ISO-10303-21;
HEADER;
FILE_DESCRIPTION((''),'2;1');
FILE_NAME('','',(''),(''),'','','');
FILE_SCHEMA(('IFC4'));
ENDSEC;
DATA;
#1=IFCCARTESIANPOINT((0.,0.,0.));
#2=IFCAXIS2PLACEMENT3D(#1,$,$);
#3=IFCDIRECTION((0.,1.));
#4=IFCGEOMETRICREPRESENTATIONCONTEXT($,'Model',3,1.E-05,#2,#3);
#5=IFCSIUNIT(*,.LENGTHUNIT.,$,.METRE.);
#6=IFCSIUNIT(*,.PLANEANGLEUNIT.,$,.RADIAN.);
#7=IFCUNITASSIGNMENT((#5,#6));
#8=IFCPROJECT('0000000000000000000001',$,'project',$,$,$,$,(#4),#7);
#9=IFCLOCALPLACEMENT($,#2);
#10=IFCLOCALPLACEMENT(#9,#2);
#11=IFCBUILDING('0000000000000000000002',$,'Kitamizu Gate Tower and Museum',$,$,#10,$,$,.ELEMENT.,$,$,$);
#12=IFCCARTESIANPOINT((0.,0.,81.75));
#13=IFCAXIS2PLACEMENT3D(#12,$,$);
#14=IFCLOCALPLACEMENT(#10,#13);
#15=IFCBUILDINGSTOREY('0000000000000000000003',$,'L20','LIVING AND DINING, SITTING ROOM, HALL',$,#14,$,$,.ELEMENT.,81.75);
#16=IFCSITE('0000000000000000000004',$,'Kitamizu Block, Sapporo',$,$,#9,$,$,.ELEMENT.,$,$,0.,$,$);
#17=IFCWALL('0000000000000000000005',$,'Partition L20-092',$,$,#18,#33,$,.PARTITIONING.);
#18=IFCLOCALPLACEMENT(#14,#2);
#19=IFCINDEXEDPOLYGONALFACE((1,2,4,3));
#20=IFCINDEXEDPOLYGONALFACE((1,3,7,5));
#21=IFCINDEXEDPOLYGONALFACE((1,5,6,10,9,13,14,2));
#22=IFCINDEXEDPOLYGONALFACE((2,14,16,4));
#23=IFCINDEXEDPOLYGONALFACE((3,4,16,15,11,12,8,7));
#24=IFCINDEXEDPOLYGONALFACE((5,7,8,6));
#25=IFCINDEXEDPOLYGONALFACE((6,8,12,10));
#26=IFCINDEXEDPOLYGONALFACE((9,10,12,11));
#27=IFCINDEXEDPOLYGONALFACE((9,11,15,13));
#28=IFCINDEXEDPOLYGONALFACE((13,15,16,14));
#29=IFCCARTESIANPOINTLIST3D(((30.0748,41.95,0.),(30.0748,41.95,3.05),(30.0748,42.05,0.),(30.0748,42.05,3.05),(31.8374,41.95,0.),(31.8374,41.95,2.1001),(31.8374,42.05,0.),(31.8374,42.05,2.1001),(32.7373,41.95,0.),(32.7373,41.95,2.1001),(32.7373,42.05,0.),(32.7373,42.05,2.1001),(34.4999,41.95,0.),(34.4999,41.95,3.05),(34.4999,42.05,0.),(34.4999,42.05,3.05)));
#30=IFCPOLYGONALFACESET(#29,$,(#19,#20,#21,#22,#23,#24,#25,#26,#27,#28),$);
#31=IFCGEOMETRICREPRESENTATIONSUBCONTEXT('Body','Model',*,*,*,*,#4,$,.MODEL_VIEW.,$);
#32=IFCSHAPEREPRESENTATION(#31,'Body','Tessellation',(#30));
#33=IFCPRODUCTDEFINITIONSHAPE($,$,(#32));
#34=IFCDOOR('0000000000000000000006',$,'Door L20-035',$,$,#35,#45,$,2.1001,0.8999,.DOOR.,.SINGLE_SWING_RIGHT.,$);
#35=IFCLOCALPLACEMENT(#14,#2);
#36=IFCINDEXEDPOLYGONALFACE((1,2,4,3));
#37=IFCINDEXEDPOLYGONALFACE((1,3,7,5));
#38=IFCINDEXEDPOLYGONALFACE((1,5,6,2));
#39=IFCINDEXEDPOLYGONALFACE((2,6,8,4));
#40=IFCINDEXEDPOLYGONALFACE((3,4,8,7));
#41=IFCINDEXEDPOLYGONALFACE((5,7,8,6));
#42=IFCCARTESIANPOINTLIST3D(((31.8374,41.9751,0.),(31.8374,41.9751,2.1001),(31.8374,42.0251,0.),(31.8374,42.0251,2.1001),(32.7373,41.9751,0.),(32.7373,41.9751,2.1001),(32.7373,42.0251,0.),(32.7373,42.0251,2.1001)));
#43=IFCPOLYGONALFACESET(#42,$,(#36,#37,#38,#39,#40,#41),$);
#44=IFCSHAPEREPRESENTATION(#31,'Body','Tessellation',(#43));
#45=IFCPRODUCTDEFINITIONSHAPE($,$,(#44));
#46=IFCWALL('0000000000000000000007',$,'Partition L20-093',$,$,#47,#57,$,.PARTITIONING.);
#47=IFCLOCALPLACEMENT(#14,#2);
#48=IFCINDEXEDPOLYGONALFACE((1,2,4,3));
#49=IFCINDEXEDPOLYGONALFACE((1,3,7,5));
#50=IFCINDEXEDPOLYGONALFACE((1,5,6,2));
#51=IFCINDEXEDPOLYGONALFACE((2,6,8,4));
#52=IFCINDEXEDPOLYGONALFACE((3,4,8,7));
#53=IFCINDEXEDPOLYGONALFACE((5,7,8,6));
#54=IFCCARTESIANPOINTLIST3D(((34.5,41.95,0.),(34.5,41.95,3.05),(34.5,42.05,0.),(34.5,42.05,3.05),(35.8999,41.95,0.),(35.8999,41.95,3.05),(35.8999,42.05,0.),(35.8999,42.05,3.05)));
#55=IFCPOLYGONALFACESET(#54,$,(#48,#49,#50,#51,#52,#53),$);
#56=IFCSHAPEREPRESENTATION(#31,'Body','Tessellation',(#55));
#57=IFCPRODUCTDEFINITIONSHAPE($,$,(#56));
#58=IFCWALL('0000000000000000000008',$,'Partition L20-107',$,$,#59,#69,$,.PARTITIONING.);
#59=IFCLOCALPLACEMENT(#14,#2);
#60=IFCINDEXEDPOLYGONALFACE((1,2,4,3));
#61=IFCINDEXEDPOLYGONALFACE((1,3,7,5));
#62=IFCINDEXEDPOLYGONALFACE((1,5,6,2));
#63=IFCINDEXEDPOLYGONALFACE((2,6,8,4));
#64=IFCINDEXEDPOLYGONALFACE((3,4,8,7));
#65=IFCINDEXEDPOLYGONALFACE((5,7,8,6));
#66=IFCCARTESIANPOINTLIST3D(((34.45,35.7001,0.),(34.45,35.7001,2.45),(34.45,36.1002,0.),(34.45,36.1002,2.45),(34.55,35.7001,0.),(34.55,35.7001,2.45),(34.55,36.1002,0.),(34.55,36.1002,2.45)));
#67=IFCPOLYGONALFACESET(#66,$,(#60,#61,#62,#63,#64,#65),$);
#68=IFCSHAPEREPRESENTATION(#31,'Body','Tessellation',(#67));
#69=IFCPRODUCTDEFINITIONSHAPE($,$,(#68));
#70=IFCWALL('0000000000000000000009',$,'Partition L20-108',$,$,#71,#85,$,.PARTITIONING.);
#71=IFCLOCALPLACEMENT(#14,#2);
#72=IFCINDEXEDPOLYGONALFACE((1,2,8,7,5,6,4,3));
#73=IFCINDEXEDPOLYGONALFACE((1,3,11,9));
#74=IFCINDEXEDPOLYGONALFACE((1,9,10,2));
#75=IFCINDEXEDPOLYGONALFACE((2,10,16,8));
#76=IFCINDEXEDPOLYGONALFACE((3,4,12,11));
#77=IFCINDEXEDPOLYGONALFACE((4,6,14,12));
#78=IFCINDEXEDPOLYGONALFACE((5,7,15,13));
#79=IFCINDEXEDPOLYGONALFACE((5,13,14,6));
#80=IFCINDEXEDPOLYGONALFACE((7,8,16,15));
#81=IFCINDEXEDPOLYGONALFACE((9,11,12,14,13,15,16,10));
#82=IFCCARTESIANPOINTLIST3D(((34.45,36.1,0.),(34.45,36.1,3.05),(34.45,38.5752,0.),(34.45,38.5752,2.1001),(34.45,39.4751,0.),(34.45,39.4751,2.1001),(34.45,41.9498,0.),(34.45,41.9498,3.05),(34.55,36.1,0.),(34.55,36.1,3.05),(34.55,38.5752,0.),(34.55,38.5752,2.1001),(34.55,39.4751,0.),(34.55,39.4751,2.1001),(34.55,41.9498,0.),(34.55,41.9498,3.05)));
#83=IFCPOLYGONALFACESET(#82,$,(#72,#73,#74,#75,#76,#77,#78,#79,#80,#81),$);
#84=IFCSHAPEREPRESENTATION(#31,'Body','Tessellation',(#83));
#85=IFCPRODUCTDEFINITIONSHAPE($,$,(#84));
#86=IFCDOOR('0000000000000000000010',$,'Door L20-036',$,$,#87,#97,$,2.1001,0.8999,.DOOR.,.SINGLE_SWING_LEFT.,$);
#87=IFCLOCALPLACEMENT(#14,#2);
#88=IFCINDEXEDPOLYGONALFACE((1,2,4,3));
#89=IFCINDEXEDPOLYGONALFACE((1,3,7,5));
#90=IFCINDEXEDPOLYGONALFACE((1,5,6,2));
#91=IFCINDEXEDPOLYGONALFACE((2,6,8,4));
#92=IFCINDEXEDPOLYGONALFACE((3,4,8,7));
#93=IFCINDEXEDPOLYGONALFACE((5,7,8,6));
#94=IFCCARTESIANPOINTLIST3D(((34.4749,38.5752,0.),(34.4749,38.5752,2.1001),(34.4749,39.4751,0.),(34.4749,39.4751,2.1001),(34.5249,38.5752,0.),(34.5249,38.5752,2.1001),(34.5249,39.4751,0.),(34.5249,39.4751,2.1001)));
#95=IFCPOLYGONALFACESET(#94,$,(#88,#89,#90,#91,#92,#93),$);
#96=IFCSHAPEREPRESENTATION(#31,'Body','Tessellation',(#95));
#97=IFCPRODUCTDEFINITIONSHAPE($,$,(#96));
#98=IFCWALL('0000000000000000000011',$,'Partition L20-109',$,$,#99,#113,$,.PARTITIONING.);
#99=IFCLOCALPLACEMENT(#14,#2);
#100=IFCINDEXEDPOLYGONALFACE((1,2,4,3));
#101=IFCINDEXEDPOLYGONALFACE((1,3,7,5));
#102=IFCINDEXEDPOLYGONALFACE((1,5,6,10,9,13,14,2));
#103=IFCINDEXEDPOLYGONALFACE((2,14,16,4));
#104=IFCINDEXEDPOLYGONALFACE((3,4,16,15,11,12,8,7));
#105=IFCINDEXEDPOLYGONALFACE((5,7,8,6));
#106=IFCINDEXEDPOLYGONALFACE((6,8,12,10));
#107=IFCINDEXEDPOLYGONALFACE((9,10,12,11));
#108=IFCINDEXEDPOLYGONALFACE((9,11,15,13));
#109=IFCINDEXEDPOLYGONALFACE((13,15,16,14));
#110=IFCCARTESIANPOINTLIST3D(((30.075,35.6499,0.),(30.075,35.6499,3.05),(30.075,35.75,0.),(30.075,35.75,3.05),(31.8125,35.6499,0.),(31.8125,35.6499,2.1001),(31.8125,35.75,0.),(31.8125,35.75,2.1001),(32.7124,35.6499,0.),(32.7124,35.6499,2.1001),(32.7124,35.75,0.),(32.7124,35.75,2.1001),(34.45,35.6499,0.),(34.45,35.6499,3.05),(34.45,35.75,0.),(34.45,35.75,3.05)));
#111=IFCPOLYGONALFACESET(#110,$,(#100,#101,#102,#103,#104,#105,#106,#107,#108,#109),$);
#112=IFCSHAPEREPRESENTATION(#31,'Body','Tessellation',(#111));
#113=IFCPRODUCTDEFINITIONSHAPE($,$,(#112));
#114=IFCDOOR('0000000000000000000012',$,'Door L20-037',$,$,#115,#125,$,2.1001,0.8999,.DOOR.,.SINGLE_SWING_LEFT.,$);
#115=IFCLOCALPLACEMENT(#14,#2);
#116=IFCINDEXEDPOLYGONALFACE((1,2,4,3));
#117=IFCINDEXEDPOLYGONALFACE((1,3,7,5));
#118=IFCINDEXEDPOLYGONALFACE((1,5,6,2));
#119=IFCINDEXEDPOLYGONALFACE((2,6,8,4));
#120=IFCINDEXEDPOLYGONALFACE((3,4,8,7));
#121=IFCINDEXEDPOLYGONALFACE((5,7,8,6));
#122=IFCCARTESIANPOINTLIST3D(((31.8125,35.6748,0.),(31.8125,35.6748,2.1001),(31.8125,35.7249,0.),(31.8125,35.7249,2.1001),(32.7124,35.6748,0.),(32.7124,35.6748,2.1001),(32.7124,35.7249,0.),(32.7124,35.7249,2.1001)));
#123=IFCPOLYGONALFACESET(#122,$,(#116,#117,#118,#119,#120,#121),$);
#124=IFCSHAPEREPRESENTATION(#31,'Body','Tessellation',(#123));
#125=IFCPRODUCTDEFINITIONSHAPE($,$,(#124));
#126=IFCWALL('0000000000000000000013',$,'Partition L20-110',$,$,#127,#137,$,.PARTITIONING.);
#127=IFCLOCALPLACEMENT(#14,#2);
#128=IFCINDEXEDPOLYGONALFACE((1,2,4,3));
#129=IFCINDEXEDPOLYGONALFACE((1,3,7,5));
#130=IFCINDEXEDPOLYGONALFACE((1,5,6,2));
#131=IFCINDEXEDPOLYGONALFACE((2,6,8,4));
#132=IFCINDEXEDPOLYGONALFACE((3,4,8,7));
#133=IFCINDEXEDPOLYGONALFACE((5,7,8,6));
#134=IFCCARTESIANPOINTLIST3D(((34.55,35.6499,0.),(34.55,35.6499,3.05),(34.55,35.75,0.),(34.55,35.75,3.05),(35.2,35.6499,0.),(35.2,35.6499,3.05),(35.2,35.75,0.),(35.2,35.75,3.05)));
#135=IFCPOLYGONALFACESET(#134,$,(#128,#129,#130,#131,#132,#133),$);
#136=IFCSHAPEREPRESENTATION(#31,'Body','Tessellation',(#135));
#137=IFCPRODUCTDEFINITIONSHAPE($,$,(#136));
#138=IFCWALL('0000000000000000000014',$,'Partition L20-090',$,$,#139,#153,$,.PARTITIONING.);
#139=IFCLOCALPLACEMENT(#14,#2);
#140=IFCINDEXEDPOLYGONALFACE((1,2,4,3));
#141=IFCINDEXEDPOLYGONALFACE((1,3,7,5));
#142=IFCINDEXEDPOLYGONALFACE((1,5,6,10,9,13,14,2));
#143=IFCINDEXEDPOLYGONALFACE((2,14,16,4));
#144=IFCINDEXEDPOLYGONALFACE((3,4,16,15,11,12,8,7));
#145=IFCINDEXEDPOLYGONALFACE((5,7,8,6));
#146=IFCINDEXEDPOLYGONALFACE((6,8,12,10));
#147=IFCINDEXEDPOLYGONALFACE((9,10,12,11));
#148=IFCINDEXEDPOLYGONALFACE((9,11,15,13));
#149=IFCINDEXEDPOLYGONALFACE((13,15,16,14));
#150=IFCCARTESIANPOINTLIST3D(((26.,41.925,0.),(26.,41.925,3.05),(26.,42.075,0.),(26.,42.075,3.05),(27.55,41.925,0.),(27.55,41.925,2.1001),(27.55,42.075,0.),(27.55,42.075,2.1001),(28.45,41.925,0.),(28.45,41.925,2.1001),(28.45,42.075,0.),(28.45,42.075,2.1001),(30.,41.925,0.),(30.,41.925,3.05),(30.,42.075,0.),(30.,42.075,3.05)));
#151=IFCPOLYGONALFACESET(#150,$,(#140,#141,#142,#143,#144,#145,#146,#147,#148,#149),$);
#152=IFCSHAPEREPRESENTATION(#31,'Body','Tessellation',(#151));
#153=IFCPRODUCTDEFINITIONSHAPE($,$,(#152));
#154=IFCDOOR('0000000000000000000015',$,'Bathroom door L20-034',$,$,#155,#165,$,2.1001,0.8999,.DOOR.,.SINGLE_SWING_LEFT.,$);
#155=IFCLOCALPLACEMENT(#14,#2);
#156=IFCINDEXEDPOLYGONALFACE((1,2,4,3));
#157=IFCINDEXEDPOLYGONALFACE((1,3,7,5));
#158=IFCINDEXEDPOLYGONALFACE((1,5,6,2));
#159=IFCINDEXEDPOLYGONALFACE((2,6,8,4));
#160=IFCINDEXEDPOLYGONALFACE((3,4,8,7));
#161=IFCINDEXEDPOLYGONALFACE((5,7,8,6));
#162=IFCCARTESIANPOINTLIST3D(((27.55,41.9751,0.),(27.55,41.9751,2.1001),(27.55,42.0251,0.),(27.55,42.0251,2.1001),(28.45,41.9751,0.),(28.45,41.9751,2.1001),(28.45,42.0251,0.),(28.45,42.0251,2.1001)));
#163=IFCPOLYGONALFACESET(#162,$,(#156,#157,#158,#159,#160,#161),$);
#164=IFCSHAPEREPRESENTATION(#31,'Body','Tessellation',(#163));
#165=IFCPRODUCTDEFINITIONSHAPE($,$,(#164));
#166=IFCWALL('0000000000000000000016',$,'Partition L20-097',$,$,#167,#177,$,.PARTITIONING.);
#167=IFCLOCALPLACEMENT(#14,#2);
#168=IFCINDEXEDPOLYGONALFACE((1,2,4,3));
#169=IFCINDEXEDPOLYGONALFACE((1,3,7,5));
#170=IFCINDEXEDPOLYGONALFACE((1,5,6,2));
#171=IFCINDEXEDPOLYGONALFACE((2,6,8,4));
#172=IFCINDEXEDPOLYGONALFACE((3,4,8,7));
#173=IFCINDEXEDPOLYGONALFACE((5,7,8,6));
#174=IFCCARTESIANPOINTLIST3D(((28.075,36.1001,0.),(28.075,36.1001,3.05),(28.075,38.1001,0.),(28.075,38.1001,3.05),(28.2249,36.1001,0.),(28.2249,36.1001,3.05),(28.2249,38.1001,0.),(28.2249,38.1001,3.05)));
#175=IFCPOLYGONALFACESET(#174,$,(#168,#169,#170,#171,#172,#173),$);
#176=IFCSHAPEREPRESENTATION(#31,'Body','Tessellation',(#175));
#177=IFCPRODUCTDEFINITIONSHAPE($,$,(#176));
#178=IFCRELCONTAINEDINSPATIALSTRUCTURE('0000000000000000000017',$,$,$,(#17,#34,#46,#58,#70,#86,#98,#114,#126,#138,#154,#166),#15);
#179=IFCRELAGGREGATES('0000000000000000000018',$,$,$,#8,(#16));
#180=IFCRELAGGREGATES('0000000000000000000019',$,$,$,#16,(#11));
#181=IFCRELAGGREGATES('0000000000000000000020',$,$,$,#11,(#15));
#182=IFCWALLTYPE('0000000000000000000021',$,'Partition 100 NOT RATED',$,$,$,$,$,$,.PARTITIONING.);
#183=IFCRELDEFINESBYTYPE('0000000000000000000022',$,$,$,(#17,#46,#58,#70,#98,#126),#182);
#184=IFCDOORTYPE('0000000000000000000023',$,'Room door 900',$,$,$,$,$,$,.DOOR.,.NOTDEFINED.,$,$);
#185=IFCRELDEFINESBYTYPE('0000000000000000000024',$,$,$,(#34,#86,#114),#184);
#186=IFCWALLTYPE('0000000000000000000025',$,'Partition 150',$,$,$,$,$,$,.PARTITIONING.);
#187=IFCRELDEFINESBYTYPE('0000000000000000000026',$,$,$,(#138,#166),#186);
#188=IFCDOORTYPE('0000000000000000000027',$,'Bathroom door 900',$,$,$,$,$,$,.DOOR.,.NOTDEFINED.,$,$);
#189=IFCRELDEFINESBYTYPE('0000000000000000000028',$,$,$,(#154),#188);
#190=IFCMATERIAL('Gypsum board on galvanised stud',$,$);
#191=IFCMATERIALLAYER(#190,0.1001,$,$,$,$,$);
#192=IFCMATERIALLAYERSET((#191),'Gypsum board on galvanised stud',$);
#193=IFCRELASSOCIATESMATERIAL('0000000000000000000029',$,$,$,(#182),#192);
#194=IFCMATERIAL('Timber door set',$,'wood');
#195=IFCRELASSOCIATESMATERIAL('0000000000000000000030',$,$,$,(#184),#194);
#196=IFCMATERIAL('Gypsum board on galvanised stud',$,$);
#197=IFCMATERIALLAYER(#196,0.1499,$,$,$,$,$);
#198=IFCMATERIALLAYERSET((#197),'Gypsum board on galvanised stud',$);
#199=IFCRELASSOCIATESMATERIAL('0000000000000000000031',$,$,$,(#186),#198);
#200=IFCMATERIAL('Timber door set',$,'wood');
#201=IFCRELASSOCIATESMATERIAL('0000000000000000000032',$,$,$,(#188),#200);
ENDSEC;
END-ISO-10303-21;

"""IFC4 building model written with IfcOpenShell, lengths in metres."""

from ifc_helpers import new_model, si_unit, direction, frame, frame_2d, origin, place, context, subcontext, project, spatial, rectangle, extrude, material, layer, layer_set, type_object, element, fill, save


model = new_model("IFC4")

# Units and contexts
model_context = context("Model", 3, precision=1e-05, world=origin(), true_north=direction((0.0, 1.0)))
body_context = subcontext(model_context, "Body", "Model", "MODEL_VIEW")
ifc_project = project(units=[si_unit("LENGTHUNIT", "METRE"), si_unit("PLANEANGLEUNIT", "RADIAN")], contexts=[model_context])

# Site, building, storey
site_placement = place(None, origin())
site = spatial("IfcSite", under=ifc_project, at=site_placement, Name="Kitamizu Block, Sapporo", CompositionType="ELEMENT", RefElevation=0.0)
building_placement = place(site_placement, origin())
building = spatial("IfcBuilding", under=site, at=building_placement, Name="Kitamizu Gate Tower and Museum", CompositionType="ELEMENT")
storey_placement = place(building_placement, frame((0.0, 0.0, 81.75)))
storey = spatial("IfcBuildingStorey", under=building, at=storey_placement, Name="L20", Description="LIVING AND DINING, SITTING ROOM, HALL", CompositionType="ELEMENT", Elevation=81.75)

# Wall, opening, door
ifc_material_1 = material(Name="Gypsum board on galvanised stud")
ifc_layer_1 = layer(ifc_material_1, 0.1001)
ifc_layer_set_1 = layer_set([ifc_layer_1], Name="Gypsum board on galvanised stud")
wall_type_1 = type_object("IfcWallType", Name="Partition 100 NOT RATED", PredefinedType="PARTITIONING", material=ifc_layer_set_1)
ifc_material_2 = material(Name="Timber door set", Category="wood")
door_type_1 = type_object("IfcDoorType", Name="Room door 900", OperationType="NOTDEFINED", PredefinedType="DOOR", material=ifc_material_2)
wall_1_placement = place(storey_placement, frame((30.075, 42.0, 0.0), z_axis=(0.0, 0.0, 1.0), x_axis=(1.0, 0.0, 0.0)))
wall_1 = element("IfcWall", 1, at=wall_1_placement, inside=storey, type_object=wall_type_1, Name="Partition L20-092", PredefinedType="PARTITIONING", context=body_context, shape_type="SweptSolid", body=[
    extrude(rectangle(XDim=4.425, YDim=0.1001, at=frame_2d((2.2124, 0.0))), origin(), (0.0, 0.0, 1.0), 3.05),
])
opening_1_placement = place(wall_1_placement, frame((1.7625, 0.0, 0.0)))
opening_1 = element("IfcOpeningElement", 2, at=opening_1_placement, cuts=wall_1, PredefinedType="OPENING", context=body_context, shape_type="SweptSolid", body=[
    extrude(rectangle(XDim=0.8999, YDim=2.1001, at=frame_2d((0.45, 1.05))), frame((0.0, 0.0601, 0.0), z_axis=(0.0, -1.0, 0.0), x_axis=(1.0, 0.0, 0.0)), (0.0, 0.0, 1.0), 0.1201),
])
door_1_placement = place(opening_1_placement, frame((0.8999, 0.0, 0.0), x_axis=(-1.0, 0.0, 0.0)))
door_1 = element("IfcDoor", 3, at=door_1_placement, inside=storey, type_object=door_type_1, Name="Door L20-035", OperationType="SINGLE_SWING_RIGHT", OverallHeight=2.1001, OverallWidth=0.8999, PredefinedType="DOOR", context=body_context, shape_type="SweptSolid", body=[
    extrude(rectangle(XDim=0.8999, YDim=2.1001, at=frame_2d((0.45, 1.05))), frame((0.0, 0.0249, 0.0), z_axis=(0.0, -1.0, 0.0), x_axis=(1.0, 0.0, 0.0)), (0.0, 0.0, 1.0), 0.05),
])
fill(opening_1, door_1)

# Walls
wall_2_placement = place(storey_placement, frame((34.5, 42.0, 0.0), z_axis=(0.0, 0.0, 1.0), x_axis=(1.0, 0.0, 0.0)))
element("IfcWall", 4, at=wall_2_placement, inside=storey, type_object=wall_type_1, Name="Partition L20-093", PredefinedType="PARTITIONING", context=body_context, shape_type="SweptSolid", body=[
    extrude(rectangle(XDim=1.3999, YDim=0.1001, at=frame_2d((0.7, 0.0))), origin(), (0.0, 0.0, 1.0), 3.05),
])
wall_3_placement = place(storey_placement, frame((34.5, 35.7, 0.0), z_axis=(0.0, 0.0, 1.0), x_axis=(0.0, 1.0, 0.0)))
element("IfcWall", 5, at=wall_3_placement, inside=storey, type_object=wall_type_1, Name="Partition L20-107", PredefinedType="PARTITIONING", context=body_context, shape_type="SweptSolid", body=[
    extrude(rectangle(XDim=0.4001, YDim=0.1001, at=frame_2d((0.2002, 0.0))), origin(), (0.0, 0.0, 1.0), 2.45),
])

# Walls, openings, doors
wall_4_placement = place(storey_placement, frame((34.5, 36.1001, 0.0), z_axis=(0.0, 0.0, 1.0), x_axis=(0.0, 1.0, 0.0)))
wall_4 = element("IfcWall", 6, at=wall_4_placement, inside=storey, type_object=wall_type_1, Name="Partition L20-108", PredefinedType="PARTITIONING", context=body_context, shape_type="SweptSolid", body=[
    extrude(rectangle(XDim=5.8499, YDim=0.1001, at=frame_2d((2.9248, 0.0))), origin(), (0.0, 0.0, 1.0), 3.05),
])
opening_2_placement = place(wall_4_placement, frame((2.4751, 0.0, 0.0)))
opening_2 = element("IfcOpeningElement", 7, at=opening_2_placement, cuts=wall_4, PredefinedType="OPENING", context=body_context, shape_type="SweptSolid", body=[
    extrude(rectangle(XDim=0.8999, YDim=2.1001, at=frame_2d((0.45, 1.05))), frame((0.0, 0.0601, 0.0), z_axis=(0.0, -1.0, 0.0), x_axis=(1.0, 0.0, 0.0)), (0.0, 0.0, 1.0), 0.1201),
])
door_2_placement = place(opening_2_placement, frame((0.8999, 0.0, 0.0), x_axis=(-1.0, 0.0, 0.0)))
door_2 = element("IfcDoor", 8, at=door_2_placement, inside=storey, type_object=door_type_1, Name="Door L20-036", OperationType="SINGLE_SWING_LEFT", OverallHeight=2.1001, OverallWidth=0.8999, PredefinedType="DOOR", context=body_context, shape_type="SweptSolid", body=[
    extrude(rectangle(XDim=0.8999, YDim=2.1001, at=frame_2d((0.45, 1.05))), frame((0.0, 0.0249, 0.0), z_axis=(0.0, -1.0, 0.0), x_axis=(1.0, 0.0, 0.0)), (0.0, 0.0, 1.0), 0.05),
])
fill(opening_2, door_2)
wall_5_placement = place(storey_placement, frame((30.075, 35.7, 0.0), z_axis=(0.0, 0.0, 1.0), x_axis=(1.0, 0.0, 0.0)))
wall_5 = element("IfcWall", 9, at=wall_5_placement, inside=storey, type_object=wall_type_1, Name="Partition L20-109", PredefinedType="PARTITIONING", context=body_context, shape_type="SweptSolid", body=[
    extrude(rectangle(XDim=4.375, YDim=0.1001, at=frame_2d((2.1875, 0.0))), origin(), (0.0, 0.0, 1.0), 3.05),
])
opening_3_placement = place(wall_5_placement, frame((1.7375, 0.0, 0.0)))
opening_3 = element("IfcOpeningElement", 10, at=opening_3_placement, cuts=wall_5, PredefinedType="OPENING", context=body_context, shape_type="SweptSolid", body=[
    extrude(rectangle(XDim=0.8999, YDim=2.1001, at=frame_2d((0.45, 1.05))), frame((0.0, 0.0601, 0.0), z_axis=(0.0, -1.0, 0.0), x_axis=(1.0, 0.0, 0.0)), (0.0, 0.0, 1.0), 0.1201),
])
door_3_placement = place(opening_3_placement, origin())
door_3 = element("IfcDoor", 11, at=door_3_placement, inside=storey, type_object=door_type_1, Name="Door L20-037", OperationType="SINGLE_SWING_LEFT", OverallHeight=2.1001, OverallWidth=0.8999, PredefinedType="DOOR", context=body_context, shape_type="SweptSolid", body=[
    extrude(rectangle(XDim=0.8999, YDim=2.1001, at=frame_2d((0.45, 1.05))), frame((0.0, 0.0249, 0.0), z_axis=(0.0, -1.0, 0.0), x_axis=(1.0, 0.0, 0.0)), (0.0, 0.0, 1.0), 0.05),
])
fill(opening_3, door_3)

# Wall
wall_6_placement = place(storey_placement, frame((34.55, 35.7, 0.0), z_axis=(0.0, 0.0, 1.0), x_axis=(1.0, 0.0, 0.0)))
element("IfcWall", 12, at=wall_6_placement, inside=storey, type_object=wall_type_1, Name="Partition L20-110", PredefinedType="PARTITIONING", context=body_context, shape_type="SweptSolid", body=[
    extrude(rectangle(XDim=0.6499, YDim=0.1001, at=frame_2d((0.325, 0.0))), origin(), (0.0, 0.0, 1.0), 3.05),
])

# Wall, opening, door
ifc_material_3 = material(Name="Gypsum board on galvanised stud")
ifc_layer_2 = layer(ifc_material_3, 0.1499)
ifc_layer_set_2 = layer_set([ifc_layer_2], Name="Gypsum board on galvanised stud")
wall_type_2 = type_object("IfcWallType", Name="Partition 150", PredefinedType="PARTITIONING", material=ifc_layer_set_2)
wall_7_placement = place(storey_placement, frame((26.0, 42.0, 0.0), z_axis=(0.0, 0.0, 1.0), x_axis=(1.0, 0.0, 0.0)))
wall_7 = element("IfcWall", 13, at=wall_7_placement, inside=storey, type_object=wall_type_2, Name="Partition L20-090", PredefinedType="PARTITIONING", context=body_context, shape_type="SweptSolid", body=[
    extrude(rectangle(XDim=4.0, YDim=0.1499, at=frame_2d((2.0, 0.0))), origin(), (0.0, 0.0, 1.0), 3.05),
])
opening_4_placement = place(wall_7_placement, frame((1.55, 0.0, 0.0)))
opening_4 = element("IfcOpeningElement", 14, at=opening_4_placement, cuts=wall_7, PredefinedType="OPENING", context=body_context, shape_type="SweptSolid", body=[
    extrude(rectangle(XDim=0.8999, YDim=2.1001, at=frame_2d((0.45, 1.05))), frame((0.0, 0.085, 0.0), z_axis=(0.0, -1.0, 0.0), x_axis=(1.0, 0.0, 0.0)), (0.0, 0.0, 1.0), 0.1699),
])
ifc_material_4 = material(Name="Timber door set", Category="wood")
door_type_2 = type_object("IfcDoorType", Name="Bathroom door 900", OperationType="NOTDEFINED", PredefinedType="DOOR", material=ifc_material_4)
door_4_placement = place(opening_4_placement, frame((0.8999, 0.0, 0.0), x_axis=(-1.0, 0.0, 0.0)))
door_4 = element("IfcDoor", 15, at=door_4_placement, inside=storey, type_object=door_type_2, Name="Bathroom door L20-034", OperationType="SINGLE_SWING_LEFT", OverallHeight=2.1001, OverallWidth=0.8999, PredefinedType="DOOR", context=body_context, shape_type="SweptSolid", body=[
    extrude(rectangle(XDim=0.8999, YDim=2.1001, at=frame_2d((0.45, 1.05))), frame((0.0, 0.0249, 0.0), z_axis=(0.0, -1.0, 0.0), x_axis=(1.0, 0.0, 0.0)), (0.0, 0.0, 1.0), 0.05),
])
fill(opening_4, door_4)

# Wall
wall_8_placement = place(storey_placement, frame((28.1499, 36.1001, 0.0), z_axis=(0.0, 0.0, 1.0), x_axis=(0.0, 1.0, 0.0)))
element("IfcWall", 16, at=wall_8_placement, inside=storey, type_object=wall_type_2, Name="Partition L20-097", PredefinedType="PARTITIONING", context=body_context, shape_type="SweptSolid", body=[
    extrude(rectangle(XDim=2.0, YDim=0.1499, at=frame_2d((1.0, 0.0))), origin(), (0.0, 0.0, 1.0), 3.05),
])

save(model, "model.ifc")
